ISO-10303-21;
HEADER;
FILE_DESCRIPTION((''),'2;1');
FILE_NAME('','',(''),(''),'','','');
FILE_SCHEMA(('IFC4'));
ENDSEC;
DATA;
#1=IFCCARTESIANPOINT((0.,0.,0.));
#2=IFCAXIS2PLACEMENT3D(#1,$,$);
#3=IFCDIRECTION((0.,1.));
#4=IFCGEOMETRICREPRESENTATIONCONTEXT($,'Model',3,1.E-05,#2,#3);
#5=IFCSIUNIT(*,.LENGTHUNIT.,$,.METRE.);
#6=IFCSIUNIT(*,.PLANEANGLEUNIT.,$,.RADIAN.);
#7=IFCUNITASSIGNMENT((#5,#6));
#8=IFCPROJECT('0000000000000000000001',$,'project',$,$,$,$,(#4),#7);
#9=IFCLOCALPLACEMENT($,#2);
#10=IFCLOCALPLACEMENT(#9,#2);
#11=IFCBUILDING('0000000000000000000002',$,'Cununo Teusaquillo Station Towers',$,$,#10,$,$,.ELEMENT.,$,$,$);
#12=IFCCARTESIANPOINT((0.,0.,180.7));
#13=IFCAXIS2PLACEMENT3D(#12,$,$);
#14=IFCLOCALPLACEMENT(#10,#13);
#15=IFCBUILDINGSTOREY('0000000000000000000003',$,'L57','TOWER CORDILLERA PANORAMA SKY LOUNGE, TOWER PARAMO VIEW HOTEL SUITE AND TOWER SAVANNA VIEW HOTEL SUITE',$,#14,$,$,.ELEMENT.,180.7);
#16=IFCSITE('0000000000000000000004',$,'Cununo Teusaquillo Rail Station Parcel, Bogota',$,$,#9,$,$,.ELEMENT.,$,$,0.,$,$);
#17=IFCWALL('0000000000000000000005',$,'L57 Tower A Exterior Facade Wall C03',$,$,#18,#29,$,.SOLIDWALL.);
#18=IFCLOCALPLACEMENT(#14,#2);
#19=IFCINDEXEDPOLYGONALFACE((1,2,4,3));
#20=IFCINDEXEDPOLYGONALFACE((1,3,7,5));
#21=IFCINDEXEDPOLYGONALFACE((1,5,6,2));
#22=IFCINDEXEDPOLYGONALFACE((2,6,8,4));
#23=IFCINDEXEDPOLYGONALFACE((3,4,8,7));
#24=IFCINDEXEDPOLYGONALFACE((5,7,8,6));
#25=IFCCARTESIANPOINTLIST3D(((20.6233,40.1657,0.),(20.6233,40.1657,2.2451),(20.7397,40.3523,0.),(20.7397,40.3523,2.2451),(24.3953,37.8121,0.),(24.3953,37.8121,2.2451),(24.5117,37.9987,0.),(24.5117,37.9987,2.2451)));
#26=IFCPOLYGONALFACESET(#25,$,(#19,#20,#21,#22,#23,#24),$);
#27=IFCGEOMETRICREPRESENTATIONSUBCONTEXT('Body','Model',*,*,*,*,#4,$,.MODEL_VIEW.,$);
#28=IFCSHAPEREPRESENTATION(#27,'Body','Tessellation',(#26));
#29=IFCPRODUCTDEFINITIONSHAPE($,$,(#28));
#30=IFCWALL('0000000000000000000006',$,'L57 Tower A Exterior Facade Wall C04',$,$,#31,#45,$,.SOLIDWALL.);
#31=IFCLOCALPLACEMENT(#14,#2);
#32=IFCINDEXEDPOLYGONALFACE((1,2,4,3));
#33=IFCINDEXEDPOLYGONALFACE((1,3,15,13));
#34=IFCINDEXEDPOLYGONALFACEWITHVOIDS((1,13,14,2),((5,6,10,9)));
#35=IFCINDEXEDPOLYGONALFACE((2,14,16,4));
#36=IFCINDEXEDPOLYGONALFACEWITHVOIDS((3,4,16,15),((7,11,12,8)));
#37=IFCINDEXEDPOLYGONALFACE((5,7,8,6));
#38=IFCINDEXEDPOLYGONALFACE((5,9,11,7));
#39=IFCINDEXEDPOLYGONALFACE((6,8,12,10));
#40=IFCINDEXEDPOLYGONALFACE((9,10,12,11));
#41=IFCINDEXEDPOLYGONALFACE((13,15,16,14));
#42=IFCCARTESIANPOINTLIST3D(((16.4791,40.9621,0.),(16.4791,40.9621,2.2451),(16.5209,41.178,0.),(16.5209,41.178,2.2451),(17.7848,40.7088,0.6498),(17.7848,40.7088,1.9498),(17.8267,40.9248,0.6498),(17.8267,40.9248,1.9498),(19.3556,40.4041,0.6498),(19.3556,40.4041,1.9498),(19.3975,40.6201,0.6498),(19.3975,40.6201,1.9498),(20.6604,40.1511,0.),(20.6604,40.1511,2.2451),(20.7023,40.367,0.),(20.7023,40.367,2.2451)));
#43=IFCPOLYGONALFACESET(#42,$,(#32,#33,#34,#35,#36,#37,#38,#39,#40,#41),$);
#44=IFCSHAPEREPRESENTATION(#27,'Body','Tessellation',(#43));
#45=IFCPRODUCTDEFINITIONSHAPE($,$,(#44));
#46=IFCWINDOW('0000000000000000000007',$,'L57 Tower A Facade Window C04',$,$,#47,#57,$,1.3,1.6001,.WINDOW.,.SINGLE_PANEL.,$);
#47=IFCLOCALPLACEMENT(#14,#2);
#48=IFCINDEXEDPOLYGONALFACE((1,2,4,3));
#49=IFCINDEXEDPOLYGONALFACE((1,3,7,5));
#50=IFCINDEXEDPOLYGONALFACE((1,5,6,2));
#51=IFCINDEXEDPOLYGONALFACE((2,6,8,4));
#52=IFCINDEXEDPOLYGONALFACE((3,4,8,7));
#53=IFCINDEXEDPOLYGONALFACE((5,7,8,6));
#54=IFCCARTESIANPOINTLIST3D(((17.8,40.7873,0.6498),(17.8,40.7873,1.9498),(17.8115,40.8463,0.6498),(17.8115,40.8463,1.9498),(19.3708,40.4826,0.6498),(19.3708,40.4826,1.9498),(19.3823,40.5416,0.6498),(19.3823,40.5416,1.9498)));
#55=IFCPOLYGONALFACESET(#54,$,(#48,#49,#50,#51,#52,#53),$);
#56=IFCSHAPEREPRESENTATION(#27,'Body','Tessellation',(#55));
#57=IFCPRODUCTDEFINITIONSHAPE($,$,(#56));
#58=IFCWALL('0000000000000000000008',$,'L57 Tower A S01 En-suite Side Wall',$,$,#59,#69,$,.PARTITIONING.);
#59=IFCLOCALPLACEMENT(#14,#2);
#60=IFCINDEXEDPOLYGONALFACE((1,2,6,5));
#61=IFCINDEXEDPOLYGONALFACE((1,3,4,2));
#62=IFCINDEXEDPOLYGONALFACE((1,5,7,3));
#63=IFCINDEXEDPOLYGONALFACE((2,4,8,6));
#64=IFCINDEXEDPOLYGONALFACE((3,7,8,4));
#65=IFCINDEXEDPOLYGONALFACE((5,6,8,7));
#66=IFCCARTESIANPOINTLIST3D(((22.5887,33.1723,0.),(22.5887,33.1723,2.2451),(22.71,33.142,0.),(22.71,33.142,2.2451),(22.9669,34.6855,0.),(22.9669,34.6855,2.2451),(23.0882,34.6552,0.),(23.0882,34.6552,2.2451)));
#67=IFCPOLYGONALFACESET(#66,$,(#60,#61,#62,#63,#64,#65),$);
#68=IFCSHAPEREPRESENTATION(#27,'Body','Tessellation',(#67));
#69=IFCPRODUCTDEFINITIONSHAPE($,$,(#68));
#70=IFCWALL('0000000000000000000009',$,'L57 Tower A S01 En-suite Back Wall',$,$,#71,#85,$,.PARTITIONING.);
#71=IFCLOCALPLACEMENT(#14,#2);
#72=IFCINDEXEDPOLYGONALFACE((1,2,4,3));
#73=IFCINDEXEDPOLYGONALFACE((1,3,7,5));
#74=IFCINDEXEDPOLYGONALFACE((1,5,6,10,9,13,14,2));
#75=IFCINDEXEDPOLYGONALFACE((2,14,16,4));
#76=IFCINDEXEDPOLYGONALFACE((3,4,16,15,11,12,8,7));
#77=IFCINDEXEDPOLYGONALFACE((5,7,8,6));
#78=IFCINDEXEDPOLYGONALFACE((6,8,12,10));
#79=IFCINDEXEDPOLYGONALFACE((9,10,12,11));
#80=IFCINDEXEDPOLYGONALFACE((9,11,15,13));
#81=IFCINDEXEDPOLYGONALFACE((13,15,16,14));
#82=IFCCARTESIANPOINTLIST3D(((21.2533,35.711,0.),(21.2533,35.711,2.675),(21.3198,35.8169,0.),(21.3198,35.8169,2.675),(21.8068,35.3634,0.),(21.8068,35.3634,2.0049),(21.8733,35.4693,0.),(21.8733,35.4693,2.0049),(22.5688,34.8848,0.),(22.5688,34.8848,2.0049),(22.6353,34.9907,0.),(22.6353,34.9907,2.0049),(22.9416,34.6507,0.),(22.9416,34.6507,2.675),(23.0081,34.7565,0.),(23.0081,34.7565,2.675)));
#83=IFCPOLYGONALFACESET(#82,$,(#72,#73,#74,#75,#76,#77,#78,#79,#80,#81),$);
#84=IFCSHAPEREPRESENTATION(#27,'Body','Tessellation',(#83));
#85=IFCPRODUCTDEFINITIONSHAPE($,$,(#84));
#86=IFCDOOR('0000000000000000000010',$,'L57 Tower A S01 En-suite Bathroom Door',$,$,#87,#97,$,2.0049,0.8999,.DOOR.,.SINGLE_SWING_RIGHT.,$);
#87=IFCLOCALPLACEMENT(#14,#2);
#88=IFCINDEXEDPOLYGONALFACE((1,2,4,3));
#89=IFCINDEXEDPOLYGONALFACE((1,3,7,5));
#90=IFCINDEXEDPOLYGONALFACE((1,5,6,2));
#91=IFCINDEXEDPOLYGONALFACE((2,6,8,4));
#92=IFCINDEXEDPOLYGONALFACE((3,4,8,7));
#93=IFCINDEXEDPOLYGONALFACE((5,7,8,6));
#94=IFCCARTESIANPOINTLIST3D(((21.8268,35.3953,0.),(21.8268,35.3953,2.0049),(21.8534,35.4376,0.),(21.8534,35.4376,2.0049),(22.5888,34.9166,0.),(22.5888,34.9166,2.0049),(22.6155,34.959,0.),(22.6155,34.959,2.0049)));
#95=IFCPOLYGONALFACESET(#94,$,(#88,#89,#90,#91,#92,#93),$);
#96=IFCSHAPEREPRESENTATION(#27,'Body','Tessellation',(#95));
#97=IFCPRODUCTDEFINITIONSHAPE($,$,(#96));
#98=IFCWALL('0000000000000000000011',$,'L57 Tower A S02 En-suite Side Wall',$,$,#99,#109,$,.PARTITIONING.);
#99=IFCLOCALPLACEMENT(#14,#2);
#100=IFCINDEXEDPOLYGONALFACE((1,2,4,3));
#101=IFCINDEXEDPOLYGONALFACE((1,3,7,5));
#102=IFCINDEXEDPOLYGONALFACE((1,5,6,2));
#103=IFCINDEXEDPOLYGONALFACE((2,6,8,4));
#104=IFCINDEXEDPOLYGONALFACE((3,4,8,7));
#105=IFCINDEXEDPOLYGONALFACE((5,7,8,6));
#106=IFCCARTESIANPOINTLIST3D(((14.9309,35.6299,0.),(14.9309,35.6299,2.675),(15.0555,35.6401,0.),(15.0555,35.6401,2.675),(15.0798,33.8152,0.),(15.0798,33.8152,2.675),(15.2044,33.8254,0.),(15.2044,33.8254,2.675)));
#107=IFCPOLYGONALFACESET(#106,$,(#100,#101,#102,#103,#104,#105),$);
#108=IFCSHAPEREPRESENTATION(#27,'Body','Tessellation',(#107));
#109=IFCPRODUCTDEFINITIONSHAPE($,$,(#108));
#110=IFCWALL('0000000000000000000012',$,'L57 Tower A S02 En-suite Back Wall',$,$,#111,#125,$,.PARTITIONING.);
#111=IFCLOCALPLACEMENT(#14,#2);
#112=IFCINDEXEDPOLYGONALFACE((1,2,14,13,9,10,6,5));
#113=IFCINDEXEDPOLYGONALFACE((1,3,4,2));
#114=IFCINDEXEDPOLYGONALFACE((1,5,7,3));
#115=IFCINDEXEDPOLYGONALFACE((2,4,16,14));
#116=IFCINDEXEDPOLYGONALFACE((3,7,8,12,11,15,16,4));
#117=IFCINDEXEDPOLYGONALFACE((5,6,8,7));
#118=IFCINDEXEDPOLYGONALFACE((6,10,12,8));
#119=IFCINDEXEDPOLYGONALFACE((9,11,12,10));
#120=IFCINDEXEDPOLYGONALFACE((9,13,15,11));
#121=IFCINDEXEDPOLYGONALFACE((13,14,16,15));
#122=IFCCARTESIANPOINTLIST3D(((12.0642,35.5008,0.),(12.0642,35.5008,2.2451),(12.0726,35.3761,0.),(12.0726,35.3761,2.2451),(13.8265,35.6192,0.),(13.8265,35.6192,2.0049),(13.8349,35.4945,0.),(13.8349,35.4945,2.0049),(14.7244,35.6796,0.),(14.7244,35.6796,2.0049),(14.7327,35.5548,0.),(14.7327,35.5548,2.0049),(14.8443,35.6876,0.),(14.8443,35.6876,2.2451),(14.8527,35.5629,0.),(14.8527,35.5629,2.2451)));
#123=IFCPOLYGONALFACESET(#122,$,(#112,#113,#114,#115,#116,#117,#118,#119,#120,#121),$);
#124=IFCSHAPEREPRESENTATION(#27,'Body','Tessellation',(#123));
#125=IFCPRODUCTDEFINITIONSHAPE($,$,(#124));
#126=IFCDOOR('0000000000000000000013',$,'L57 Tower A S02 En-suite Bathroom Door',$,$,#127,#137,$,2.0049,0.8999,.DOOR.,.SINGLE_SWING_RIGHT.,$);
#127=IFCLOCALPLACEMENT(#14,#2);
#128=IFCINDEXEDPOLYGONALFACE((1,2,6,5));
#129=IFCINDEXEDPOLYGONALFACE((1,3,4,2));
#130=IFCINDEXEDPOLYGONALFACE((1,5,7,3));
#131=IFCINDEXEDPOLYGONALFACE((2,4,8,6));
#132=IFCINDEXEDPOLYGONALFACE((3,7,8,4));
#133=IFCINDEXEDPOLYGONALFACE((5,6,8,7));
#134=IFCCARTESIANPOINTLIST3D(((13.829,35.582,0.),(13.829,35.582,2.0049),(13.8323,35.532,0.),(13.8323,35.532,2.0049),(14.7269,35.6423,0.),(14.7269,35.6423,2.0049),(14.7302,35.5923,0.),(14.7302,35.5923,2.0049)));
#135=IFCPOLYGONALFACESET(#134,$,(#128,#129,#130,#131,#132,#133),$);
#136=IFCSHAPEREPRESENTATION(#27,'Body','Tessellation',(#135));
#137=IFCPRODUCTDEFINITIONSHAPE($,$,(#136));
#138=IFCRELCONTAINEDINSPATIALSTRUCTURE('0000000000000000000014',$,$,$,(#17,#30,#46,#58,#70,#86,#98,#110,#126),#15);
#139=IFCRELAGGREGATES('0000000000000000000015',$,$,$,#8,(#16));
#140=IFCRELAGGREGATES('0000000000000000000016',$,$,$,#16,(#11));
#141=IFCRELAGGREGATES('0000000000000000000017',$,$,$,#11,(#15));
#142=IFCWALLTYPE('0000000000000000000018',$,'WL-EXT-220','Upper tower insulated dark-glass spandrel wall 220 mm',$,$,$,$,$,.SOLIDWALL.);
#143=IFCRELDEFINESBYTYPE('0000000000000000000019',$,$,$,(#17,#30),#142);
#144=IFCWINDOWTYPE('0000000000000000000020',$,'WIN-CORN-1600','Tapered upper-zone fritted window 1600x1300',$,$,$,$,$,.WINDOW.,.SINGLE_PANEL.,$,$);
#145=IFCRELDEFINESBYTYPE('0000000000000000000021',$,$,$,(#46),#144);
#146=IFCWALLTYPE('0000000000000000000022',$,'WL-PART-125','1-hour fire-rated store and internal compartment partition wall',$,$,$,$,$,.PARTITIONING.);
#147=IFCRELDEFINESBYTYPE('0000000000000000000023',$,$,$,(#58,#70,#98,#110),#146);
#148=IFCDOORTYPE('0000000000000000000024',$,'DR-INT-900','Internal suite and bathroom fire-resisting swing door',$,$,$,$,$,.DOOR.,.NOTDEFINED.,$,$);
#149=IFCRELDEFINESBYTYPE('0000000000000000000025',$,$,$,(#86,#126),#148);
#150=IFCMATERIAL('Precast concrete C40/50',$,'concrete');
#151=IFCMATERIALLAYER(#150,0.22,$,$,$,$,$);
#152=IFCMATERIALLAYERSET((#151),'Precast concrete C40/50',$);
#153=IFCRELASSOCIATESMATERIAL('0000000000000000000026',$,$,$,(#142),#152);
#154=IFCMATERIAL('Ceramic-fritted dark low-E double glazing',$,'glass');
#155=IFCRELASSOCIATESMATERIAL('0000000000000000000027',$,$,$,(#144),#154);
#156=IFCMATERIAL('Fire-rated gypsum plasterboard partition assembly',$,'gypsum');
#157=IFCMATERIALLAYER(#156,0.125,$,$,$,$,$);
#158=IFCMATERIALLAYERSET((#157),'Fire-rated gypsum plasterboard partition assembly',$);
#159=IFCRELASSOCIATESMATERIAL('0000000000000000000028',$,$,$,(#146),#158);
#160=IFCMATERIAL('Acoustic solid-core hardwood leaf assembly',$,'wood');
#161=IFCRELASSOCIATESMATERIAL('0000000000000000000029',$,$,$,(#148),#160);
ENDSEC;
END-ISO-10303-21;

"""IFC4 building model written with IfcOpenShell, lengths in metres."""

from ifc_helpers import new_model, si_unit, direction, frame, frame_2d, origin, place, context, subcontext, project, spatial, rectangle, extrude, source, transform, mapped, material, layer, layer_set, type_object, element, fill, save


model = new_model("IFC4")

# Units and contexts
model_context = context("Model", 3, precision=1e-05, world=origin(), true_north=direction((0.0, 1.0)))
body_context = subcontext(model_context, "Body", "Model", "MODEL_VIEW")
ifc_project = project(units=[si_unit("LENGTHUNIT", "METRE"), si_unit("PLANEANGLEUNIT", "RADIAN")], contexts=[model_context])

# Site, building, storey
site_placement = place(None, origin())
site = spatial("IfcSite", under=ifc_project, at=site_placement, Name="Cununo Teusaquillo Rail Station Parcel, Bogota", CompositionType="ELEMENT", RefElevation=0.0)
building_placement = place(site_placement, origin())
building = spatial("IfcBuilding", under=site, at=building_placement, Name="Cununo Teusaquillo Station Towers", CompositionType="ELEMENT")
storey_placement = place(building_placement, frame((0.0, 0.0, 180.7)))
storey = spatial("IfcBuildingStorey", under=building, at=storey_placement, Name="L57", Description="TOWER CORDILLERA PANORAMA SKY LOUNGE, TOWER PARAMO VIEW HOTEL SUITE AND TOWER SAVANNA VIEW HOTEL SUITE", CompositionType="ELEMENT", Elevation=180.7)

# Shared definitions
ifc_material_1 = material(Name="Precast concrete C40/50", Category="concrete")
ifc_layer_1 = layer(ifc_material_1, 0.22)
ifc_layer_set_1 = layer_set([ifc_layer_1], Name="Precast concrete C40/50")
wall_type_1 = type_object("IfcWallType", Name="WL-EXT-220", Description="Upper tower insulated dark-glass spandrel wall 220 mm", PredefinedType="SOLIDWALL", material=ifc_layer_set_1)

# Shared definitions
shared_shape_1 = source(origin(), body_context, "Body", "SweptSolid", [
    extrude(rectangle(XDim=1.6001, YDim=1.3, at=frame_2d((0.8, 0.6499))), frame((0.0, 0.1199, 0.0), z_axis=(0.0, -1.0, 0.0), x_axis=(1.0, 0.0, 0.0)), (0.0, 0.0, 1.0), 0.24),
])
ifc_material_2 = material(Name="Ceramic-fritted dark low-E double glazing", Category="glass")
window_type = type_object("IfcWindowType", Name="WIN-CORN-1600", Description="Tapered upper-zone fritted window 1600x1300", PartitioningType="SINGLE_PANEL", PredefinedType="WINDOW", material=ifc_material_2)
shared_shape_2 = source(origin(), body_context, "Body", "SweptSolid", [
    extrude(rectangle(XDim=1.6001, YDim=1.3, at=frame_2d((0.8, 0.6499))), frame((0.0, 0.03, 0.0), z_axis=(0.0, -1.0, 0.0), x_axis=(1.0, 0.0, 0.0)), (0.0, 0.0, 1.0), 0.0601),
])

# Wall
wall_1_placement = place(storey_placement, frame((20.6814, 40.259, 0.0), z_axis=(0.0, 0.0, 1.0), x_axis=(0.848399, -0.529357, 0.0)))
element("IfcWall", 1, at=wall_1_placement, inside=storey, type_object=wall_type_1, Name="L57 Tower A Exterior Facade Wall C03", PredefinedType="SOLIDWALL", context=body_context, shape_type="SweptSolid", body=[
    extrude(rectangle(XDim=4.446, YDim=0.22, at=frame_2d((2.2231, 0.0))), origin(), (0.0, 0.0, 1.0), 2.2451),
])

# Wall, opening, window
wall_2_placement = place(storey_placement, frame((16.5, 41.0701, 0.0), z_axis=(0.0, 0.0, 1.0), x_axis=(0.981704, -0.190414, 0.0)))
wall_2 = element("IfcWall", 2, at=wall_2_placement, inside=storey, type_object=wall_type_1, Name="L57 Tower A Exterior Facade Wall C04", PredefinedType="SOLIDWALL", context=body_context, shape_type="SweptSolid", body=[
    extrude(rectangle(XDim=4.2593, YDim=0.22, at=frame_2d((2.1296, 0.0))), origin(), (0.0, 0.0, 1.0), 2.2451),
])
opening_1_placement = place(wall_2_placement, frame((1.3301, 0.0, 0.6499)))
opening_1 = element("IfcOpeningElement", 3, at=opening_1_placement, cuts=wall_2, PredefinedType="OPENING", context=body_context, shape_type="MappedRepresentation", body=[
    mapped(shared_shape_1, transform((0.0, 0.0, 0.0), x_axis=(1.0, 0.0, 0.0), y_axis=(0.0, 1.0, 0.0), z_axis=(0.0, 0.0, 1.0), scale=1.0)),
])
window_1_placement = place(opening_1_placement, origin())
window_1 = element("IfcWindow", 4, at=window_1_placement, inside=storey, type_object=window_type, Name="L57 Tower A Facade Window C04", OverallHeight=1.3, OverallWidth=1.6001, PartitioningType="SINGLE_PANEL", PredefinedType="WINDOW", context=body_context, shape_type="MappedRepresentation", body=[
    mapped(shared_shape_2, transform((0.0, 0.0, 0.0), x_axis=(1.0, 0.0, 0.0), y_axis=(0.0, 1.0, 0.0), z_axis=(0.0, 0.0, 1.0), scale=1.0)),
])
fill(opening_1, window_1)

# Wall
ifc_material_3 = material(Name="Fire-rated gypsum plasterboard partition assembly", Category="gypsum")
ifc_layer_2 = layer(ifc_material_3, 0.125)
ifc_layer_set_2 = layer_set([ifc_layer_2], Name="Fire-rated gypsum plasterboard partition assembly")
wall_type_2 = type_object("IfcWallType", Name="WL-PART-125", Description="1-hour fire-rated store and internal compartment partition wall", PredefinedType="PARTITIONING", material=ifc_layer_set_2)
wall_3_placement = place(storey_placement, frame((22.6494, 33.1572, 0.0), z_axis=(0.0, 0.0, 1.0), x_axis=(0.242462, 0.970161, 0.0)))
element("IfcWall", 5, at=wall_3_placement, inside=storey, type_object=wall_type_2, Name="L57 Tower A S01 En-suite Side Wall", PredefinedType="PARTITIONING", context=body_context, shape_type="SweptSolid", body=[
    extrude(rectangle(XDim=1.5598, YDim=0.125, at=frame_2d((0.7798, 0.0))), origin(), (0.0, 0.0, 1.0), 2.2451),
])

# Wall, opening, door
wall_4_placement = place(storey_placement, frame((22.9749, 34.7036, 0.0), z_axis=(0.0, 0.0, 1.0), x_axis=(-0.846834, 0.531858, 0.0)))
wall_4 = element("IfcWall", 6, at=wall_4_placement, inside=storey, type_object=wall_type_2, Name="L57 Tower A S01 En-suite Back Wall", PredefinedType="PARTITIONING", context=body_context, shape_type="SweptSolid", body=[
    extrude(rectangle(XDim=1.9937, YDim=0.125, at=frame_2d((0.9968, 0.0))), origin(), (0.0, 0.0, 1.0), 2.675),
])
shared_shape_3 = source(origin(), body_context, "Body", "SweptSolid", [
    extrude(rectangle(XDim=0.8999, YDim=2.0049, at=frame_2d((0.45, 1.0024))), frame((0.0, 0.0725, 0.0), z_axis=(0.0, -1.0, 0.0), x_axis=(1.0, 0.0, 0.0)), (0.0, 0.0, 1.0), 0.145),
])
opening_2_placement = place(wall_4_placement, frame((0.4402, 0.0, 0.0)))
opening_2 = element("IfcOpeningElement", 7, at=opening_2_placement, cuts=wall_4, PredefinedType="OPENING", context=body_context, shape_type="MappedRepresentation", body=[
    mapped(shared_shape_3, transform((0.0, 0.0, 0.0), x_axis=(1.0, 0.0, 0.0), y_axis=(0.0, 1.0, 0.0), z_axis=(0.0, 0.0, 1.0), scale=1.0)),
])
ifc_material_4 = material(Name="Acoustic solid-core hardwood leaf assembly", Category="wood")
door_type_1 = type_object("IfcDoorType", Name="DR-INT-900", Description="Internal suite and bathroom fire-resisting swing door", OperationType="NOTDEFINED", PredefinedType="DOOR", material=ifc_material_4)
shared_shape_4 = source(origin(), body_context, "Body", "SweptSolid", [
    extrude(rectangle(XDim=0.8999, YDim=2.0049, at=frame_2d((0.45, 1.0024))), frame((0.0, 0.0249, 0.0), z_axis=(0.0, -1.0, 0.0), x_axis=(1.0, 0.0, 0.0)), (0.0, 0.0, 1.0), 0.05),
])
door_1_placement = place(opening_2_placement, origin())
door_1 = element("IfcDoor", 8, at=door_1_placement, inside=storey, type_object=door_type_1, Name="L57 Tower A S01 En-suite Bathroom Door", OperationType="SINGLE_SWING_RIGHT", OverallHeight=2.0049, OverallWidth=0.8999, PredefinedType="DOOR", context=body_context, shape_type="MappedRepresentation", body=[
    mapped(shared_shape_4, transform((0.0, 0.0, 0.0), x_axis=(1.0, 0.0, 0.0), y_axis=(0.0, 1.0, 0.0), z_axis=(0.0, 0.0, 1.0), scale=1.0)),
])
fill(opening_2, door_1)

# Wall
wall_5_placement = place(storey_placement, frame((15.1421, 33.8203, 0.0), z_axis=(0.0, 0.0, 1.0), x_axis=(-0.081791, 0.996649, 0.0)))
element("IfcWall", 9, at=wall_5_placement, inside=storey, type_object=wall_type_2, Name="L57 Tower A S02 En-suite Side Wall", PredefinedType="PARTITIONING", context=body_context, shape_type="SweptSolid", body=[
    extrude(rectangle(XDim=1.8208, YDim=0.125, at=frame_2d((0.9104, 0.0))), origin(), (0.0, 0.0, 1.0), 2.675),
])

# Wall, opening, door
wall_6_placement = place(storey_placement, frame((14.8484, 35.6252, 0.0), z_axis=(0.0, 0.0, 1.0), x_axis=(-0.997751, -0.067031, 0.0)))
wall_6 = element("IfcWall", 10, at=wall_6_placement, inside=storey, type_object=wall_type_2, Name="L57 Tower A S02 En-suite Back Wall", PredefinedType="PARTITIONING", context=body_context, shape_type="SweptSolid", body=[
    extrude(rectangle(XDim=2.7864, YDim=0.125, at=frame_2d((1.3931, 0.0))), origin(), (0.0, 0.0, 1.0), 2.2451),
])
opening_3_placement = place(wall_6_placement, frame((0.1201, 0.0, 0.0)))
opening_3 = element("IfcOpeningElement", 11, at=opening_3_placement, cuts=wall_6, PredefinedType="OPENING", context=body_context, shape_type="MappedRepresentation", body=[
    mapped(shared_shape_3, transform((0.0, 0.0, 0.0), x_axis=(1.0, 0.0, 0.0), y_axis=(0.0, 1.0, 0.0), z_axis=(0.0, 0.0, 1.0), scale=1.0)),
])
door_2_placement = place(opening_3_placement, origin())
door_2 = element("IfcDoor", 12, at=door_2_placement, inside=storey, type_object=door_type_1, Name="L57 Tower A S02 En-suite Bathroom Door", OperationType="SINGLE_SWING_RIGHT", OverallHeight=2.0049, OverallWidth=0.8999, PredefinedType="DOOR", context=body_context, shape_type="MappedRepresentation", body=[
    mapped(shared_shape_4, transform((0.0, 0.0, 0.0), x_axis=(1.0, 0.0, 0.0), y_axis=(0.0, 1.0, 0.0), z_axis=(0.0, 0.0, 1.0), scale=1.0)),
])
fill(opening_3, door_2)

save(model, "model.ifc")
